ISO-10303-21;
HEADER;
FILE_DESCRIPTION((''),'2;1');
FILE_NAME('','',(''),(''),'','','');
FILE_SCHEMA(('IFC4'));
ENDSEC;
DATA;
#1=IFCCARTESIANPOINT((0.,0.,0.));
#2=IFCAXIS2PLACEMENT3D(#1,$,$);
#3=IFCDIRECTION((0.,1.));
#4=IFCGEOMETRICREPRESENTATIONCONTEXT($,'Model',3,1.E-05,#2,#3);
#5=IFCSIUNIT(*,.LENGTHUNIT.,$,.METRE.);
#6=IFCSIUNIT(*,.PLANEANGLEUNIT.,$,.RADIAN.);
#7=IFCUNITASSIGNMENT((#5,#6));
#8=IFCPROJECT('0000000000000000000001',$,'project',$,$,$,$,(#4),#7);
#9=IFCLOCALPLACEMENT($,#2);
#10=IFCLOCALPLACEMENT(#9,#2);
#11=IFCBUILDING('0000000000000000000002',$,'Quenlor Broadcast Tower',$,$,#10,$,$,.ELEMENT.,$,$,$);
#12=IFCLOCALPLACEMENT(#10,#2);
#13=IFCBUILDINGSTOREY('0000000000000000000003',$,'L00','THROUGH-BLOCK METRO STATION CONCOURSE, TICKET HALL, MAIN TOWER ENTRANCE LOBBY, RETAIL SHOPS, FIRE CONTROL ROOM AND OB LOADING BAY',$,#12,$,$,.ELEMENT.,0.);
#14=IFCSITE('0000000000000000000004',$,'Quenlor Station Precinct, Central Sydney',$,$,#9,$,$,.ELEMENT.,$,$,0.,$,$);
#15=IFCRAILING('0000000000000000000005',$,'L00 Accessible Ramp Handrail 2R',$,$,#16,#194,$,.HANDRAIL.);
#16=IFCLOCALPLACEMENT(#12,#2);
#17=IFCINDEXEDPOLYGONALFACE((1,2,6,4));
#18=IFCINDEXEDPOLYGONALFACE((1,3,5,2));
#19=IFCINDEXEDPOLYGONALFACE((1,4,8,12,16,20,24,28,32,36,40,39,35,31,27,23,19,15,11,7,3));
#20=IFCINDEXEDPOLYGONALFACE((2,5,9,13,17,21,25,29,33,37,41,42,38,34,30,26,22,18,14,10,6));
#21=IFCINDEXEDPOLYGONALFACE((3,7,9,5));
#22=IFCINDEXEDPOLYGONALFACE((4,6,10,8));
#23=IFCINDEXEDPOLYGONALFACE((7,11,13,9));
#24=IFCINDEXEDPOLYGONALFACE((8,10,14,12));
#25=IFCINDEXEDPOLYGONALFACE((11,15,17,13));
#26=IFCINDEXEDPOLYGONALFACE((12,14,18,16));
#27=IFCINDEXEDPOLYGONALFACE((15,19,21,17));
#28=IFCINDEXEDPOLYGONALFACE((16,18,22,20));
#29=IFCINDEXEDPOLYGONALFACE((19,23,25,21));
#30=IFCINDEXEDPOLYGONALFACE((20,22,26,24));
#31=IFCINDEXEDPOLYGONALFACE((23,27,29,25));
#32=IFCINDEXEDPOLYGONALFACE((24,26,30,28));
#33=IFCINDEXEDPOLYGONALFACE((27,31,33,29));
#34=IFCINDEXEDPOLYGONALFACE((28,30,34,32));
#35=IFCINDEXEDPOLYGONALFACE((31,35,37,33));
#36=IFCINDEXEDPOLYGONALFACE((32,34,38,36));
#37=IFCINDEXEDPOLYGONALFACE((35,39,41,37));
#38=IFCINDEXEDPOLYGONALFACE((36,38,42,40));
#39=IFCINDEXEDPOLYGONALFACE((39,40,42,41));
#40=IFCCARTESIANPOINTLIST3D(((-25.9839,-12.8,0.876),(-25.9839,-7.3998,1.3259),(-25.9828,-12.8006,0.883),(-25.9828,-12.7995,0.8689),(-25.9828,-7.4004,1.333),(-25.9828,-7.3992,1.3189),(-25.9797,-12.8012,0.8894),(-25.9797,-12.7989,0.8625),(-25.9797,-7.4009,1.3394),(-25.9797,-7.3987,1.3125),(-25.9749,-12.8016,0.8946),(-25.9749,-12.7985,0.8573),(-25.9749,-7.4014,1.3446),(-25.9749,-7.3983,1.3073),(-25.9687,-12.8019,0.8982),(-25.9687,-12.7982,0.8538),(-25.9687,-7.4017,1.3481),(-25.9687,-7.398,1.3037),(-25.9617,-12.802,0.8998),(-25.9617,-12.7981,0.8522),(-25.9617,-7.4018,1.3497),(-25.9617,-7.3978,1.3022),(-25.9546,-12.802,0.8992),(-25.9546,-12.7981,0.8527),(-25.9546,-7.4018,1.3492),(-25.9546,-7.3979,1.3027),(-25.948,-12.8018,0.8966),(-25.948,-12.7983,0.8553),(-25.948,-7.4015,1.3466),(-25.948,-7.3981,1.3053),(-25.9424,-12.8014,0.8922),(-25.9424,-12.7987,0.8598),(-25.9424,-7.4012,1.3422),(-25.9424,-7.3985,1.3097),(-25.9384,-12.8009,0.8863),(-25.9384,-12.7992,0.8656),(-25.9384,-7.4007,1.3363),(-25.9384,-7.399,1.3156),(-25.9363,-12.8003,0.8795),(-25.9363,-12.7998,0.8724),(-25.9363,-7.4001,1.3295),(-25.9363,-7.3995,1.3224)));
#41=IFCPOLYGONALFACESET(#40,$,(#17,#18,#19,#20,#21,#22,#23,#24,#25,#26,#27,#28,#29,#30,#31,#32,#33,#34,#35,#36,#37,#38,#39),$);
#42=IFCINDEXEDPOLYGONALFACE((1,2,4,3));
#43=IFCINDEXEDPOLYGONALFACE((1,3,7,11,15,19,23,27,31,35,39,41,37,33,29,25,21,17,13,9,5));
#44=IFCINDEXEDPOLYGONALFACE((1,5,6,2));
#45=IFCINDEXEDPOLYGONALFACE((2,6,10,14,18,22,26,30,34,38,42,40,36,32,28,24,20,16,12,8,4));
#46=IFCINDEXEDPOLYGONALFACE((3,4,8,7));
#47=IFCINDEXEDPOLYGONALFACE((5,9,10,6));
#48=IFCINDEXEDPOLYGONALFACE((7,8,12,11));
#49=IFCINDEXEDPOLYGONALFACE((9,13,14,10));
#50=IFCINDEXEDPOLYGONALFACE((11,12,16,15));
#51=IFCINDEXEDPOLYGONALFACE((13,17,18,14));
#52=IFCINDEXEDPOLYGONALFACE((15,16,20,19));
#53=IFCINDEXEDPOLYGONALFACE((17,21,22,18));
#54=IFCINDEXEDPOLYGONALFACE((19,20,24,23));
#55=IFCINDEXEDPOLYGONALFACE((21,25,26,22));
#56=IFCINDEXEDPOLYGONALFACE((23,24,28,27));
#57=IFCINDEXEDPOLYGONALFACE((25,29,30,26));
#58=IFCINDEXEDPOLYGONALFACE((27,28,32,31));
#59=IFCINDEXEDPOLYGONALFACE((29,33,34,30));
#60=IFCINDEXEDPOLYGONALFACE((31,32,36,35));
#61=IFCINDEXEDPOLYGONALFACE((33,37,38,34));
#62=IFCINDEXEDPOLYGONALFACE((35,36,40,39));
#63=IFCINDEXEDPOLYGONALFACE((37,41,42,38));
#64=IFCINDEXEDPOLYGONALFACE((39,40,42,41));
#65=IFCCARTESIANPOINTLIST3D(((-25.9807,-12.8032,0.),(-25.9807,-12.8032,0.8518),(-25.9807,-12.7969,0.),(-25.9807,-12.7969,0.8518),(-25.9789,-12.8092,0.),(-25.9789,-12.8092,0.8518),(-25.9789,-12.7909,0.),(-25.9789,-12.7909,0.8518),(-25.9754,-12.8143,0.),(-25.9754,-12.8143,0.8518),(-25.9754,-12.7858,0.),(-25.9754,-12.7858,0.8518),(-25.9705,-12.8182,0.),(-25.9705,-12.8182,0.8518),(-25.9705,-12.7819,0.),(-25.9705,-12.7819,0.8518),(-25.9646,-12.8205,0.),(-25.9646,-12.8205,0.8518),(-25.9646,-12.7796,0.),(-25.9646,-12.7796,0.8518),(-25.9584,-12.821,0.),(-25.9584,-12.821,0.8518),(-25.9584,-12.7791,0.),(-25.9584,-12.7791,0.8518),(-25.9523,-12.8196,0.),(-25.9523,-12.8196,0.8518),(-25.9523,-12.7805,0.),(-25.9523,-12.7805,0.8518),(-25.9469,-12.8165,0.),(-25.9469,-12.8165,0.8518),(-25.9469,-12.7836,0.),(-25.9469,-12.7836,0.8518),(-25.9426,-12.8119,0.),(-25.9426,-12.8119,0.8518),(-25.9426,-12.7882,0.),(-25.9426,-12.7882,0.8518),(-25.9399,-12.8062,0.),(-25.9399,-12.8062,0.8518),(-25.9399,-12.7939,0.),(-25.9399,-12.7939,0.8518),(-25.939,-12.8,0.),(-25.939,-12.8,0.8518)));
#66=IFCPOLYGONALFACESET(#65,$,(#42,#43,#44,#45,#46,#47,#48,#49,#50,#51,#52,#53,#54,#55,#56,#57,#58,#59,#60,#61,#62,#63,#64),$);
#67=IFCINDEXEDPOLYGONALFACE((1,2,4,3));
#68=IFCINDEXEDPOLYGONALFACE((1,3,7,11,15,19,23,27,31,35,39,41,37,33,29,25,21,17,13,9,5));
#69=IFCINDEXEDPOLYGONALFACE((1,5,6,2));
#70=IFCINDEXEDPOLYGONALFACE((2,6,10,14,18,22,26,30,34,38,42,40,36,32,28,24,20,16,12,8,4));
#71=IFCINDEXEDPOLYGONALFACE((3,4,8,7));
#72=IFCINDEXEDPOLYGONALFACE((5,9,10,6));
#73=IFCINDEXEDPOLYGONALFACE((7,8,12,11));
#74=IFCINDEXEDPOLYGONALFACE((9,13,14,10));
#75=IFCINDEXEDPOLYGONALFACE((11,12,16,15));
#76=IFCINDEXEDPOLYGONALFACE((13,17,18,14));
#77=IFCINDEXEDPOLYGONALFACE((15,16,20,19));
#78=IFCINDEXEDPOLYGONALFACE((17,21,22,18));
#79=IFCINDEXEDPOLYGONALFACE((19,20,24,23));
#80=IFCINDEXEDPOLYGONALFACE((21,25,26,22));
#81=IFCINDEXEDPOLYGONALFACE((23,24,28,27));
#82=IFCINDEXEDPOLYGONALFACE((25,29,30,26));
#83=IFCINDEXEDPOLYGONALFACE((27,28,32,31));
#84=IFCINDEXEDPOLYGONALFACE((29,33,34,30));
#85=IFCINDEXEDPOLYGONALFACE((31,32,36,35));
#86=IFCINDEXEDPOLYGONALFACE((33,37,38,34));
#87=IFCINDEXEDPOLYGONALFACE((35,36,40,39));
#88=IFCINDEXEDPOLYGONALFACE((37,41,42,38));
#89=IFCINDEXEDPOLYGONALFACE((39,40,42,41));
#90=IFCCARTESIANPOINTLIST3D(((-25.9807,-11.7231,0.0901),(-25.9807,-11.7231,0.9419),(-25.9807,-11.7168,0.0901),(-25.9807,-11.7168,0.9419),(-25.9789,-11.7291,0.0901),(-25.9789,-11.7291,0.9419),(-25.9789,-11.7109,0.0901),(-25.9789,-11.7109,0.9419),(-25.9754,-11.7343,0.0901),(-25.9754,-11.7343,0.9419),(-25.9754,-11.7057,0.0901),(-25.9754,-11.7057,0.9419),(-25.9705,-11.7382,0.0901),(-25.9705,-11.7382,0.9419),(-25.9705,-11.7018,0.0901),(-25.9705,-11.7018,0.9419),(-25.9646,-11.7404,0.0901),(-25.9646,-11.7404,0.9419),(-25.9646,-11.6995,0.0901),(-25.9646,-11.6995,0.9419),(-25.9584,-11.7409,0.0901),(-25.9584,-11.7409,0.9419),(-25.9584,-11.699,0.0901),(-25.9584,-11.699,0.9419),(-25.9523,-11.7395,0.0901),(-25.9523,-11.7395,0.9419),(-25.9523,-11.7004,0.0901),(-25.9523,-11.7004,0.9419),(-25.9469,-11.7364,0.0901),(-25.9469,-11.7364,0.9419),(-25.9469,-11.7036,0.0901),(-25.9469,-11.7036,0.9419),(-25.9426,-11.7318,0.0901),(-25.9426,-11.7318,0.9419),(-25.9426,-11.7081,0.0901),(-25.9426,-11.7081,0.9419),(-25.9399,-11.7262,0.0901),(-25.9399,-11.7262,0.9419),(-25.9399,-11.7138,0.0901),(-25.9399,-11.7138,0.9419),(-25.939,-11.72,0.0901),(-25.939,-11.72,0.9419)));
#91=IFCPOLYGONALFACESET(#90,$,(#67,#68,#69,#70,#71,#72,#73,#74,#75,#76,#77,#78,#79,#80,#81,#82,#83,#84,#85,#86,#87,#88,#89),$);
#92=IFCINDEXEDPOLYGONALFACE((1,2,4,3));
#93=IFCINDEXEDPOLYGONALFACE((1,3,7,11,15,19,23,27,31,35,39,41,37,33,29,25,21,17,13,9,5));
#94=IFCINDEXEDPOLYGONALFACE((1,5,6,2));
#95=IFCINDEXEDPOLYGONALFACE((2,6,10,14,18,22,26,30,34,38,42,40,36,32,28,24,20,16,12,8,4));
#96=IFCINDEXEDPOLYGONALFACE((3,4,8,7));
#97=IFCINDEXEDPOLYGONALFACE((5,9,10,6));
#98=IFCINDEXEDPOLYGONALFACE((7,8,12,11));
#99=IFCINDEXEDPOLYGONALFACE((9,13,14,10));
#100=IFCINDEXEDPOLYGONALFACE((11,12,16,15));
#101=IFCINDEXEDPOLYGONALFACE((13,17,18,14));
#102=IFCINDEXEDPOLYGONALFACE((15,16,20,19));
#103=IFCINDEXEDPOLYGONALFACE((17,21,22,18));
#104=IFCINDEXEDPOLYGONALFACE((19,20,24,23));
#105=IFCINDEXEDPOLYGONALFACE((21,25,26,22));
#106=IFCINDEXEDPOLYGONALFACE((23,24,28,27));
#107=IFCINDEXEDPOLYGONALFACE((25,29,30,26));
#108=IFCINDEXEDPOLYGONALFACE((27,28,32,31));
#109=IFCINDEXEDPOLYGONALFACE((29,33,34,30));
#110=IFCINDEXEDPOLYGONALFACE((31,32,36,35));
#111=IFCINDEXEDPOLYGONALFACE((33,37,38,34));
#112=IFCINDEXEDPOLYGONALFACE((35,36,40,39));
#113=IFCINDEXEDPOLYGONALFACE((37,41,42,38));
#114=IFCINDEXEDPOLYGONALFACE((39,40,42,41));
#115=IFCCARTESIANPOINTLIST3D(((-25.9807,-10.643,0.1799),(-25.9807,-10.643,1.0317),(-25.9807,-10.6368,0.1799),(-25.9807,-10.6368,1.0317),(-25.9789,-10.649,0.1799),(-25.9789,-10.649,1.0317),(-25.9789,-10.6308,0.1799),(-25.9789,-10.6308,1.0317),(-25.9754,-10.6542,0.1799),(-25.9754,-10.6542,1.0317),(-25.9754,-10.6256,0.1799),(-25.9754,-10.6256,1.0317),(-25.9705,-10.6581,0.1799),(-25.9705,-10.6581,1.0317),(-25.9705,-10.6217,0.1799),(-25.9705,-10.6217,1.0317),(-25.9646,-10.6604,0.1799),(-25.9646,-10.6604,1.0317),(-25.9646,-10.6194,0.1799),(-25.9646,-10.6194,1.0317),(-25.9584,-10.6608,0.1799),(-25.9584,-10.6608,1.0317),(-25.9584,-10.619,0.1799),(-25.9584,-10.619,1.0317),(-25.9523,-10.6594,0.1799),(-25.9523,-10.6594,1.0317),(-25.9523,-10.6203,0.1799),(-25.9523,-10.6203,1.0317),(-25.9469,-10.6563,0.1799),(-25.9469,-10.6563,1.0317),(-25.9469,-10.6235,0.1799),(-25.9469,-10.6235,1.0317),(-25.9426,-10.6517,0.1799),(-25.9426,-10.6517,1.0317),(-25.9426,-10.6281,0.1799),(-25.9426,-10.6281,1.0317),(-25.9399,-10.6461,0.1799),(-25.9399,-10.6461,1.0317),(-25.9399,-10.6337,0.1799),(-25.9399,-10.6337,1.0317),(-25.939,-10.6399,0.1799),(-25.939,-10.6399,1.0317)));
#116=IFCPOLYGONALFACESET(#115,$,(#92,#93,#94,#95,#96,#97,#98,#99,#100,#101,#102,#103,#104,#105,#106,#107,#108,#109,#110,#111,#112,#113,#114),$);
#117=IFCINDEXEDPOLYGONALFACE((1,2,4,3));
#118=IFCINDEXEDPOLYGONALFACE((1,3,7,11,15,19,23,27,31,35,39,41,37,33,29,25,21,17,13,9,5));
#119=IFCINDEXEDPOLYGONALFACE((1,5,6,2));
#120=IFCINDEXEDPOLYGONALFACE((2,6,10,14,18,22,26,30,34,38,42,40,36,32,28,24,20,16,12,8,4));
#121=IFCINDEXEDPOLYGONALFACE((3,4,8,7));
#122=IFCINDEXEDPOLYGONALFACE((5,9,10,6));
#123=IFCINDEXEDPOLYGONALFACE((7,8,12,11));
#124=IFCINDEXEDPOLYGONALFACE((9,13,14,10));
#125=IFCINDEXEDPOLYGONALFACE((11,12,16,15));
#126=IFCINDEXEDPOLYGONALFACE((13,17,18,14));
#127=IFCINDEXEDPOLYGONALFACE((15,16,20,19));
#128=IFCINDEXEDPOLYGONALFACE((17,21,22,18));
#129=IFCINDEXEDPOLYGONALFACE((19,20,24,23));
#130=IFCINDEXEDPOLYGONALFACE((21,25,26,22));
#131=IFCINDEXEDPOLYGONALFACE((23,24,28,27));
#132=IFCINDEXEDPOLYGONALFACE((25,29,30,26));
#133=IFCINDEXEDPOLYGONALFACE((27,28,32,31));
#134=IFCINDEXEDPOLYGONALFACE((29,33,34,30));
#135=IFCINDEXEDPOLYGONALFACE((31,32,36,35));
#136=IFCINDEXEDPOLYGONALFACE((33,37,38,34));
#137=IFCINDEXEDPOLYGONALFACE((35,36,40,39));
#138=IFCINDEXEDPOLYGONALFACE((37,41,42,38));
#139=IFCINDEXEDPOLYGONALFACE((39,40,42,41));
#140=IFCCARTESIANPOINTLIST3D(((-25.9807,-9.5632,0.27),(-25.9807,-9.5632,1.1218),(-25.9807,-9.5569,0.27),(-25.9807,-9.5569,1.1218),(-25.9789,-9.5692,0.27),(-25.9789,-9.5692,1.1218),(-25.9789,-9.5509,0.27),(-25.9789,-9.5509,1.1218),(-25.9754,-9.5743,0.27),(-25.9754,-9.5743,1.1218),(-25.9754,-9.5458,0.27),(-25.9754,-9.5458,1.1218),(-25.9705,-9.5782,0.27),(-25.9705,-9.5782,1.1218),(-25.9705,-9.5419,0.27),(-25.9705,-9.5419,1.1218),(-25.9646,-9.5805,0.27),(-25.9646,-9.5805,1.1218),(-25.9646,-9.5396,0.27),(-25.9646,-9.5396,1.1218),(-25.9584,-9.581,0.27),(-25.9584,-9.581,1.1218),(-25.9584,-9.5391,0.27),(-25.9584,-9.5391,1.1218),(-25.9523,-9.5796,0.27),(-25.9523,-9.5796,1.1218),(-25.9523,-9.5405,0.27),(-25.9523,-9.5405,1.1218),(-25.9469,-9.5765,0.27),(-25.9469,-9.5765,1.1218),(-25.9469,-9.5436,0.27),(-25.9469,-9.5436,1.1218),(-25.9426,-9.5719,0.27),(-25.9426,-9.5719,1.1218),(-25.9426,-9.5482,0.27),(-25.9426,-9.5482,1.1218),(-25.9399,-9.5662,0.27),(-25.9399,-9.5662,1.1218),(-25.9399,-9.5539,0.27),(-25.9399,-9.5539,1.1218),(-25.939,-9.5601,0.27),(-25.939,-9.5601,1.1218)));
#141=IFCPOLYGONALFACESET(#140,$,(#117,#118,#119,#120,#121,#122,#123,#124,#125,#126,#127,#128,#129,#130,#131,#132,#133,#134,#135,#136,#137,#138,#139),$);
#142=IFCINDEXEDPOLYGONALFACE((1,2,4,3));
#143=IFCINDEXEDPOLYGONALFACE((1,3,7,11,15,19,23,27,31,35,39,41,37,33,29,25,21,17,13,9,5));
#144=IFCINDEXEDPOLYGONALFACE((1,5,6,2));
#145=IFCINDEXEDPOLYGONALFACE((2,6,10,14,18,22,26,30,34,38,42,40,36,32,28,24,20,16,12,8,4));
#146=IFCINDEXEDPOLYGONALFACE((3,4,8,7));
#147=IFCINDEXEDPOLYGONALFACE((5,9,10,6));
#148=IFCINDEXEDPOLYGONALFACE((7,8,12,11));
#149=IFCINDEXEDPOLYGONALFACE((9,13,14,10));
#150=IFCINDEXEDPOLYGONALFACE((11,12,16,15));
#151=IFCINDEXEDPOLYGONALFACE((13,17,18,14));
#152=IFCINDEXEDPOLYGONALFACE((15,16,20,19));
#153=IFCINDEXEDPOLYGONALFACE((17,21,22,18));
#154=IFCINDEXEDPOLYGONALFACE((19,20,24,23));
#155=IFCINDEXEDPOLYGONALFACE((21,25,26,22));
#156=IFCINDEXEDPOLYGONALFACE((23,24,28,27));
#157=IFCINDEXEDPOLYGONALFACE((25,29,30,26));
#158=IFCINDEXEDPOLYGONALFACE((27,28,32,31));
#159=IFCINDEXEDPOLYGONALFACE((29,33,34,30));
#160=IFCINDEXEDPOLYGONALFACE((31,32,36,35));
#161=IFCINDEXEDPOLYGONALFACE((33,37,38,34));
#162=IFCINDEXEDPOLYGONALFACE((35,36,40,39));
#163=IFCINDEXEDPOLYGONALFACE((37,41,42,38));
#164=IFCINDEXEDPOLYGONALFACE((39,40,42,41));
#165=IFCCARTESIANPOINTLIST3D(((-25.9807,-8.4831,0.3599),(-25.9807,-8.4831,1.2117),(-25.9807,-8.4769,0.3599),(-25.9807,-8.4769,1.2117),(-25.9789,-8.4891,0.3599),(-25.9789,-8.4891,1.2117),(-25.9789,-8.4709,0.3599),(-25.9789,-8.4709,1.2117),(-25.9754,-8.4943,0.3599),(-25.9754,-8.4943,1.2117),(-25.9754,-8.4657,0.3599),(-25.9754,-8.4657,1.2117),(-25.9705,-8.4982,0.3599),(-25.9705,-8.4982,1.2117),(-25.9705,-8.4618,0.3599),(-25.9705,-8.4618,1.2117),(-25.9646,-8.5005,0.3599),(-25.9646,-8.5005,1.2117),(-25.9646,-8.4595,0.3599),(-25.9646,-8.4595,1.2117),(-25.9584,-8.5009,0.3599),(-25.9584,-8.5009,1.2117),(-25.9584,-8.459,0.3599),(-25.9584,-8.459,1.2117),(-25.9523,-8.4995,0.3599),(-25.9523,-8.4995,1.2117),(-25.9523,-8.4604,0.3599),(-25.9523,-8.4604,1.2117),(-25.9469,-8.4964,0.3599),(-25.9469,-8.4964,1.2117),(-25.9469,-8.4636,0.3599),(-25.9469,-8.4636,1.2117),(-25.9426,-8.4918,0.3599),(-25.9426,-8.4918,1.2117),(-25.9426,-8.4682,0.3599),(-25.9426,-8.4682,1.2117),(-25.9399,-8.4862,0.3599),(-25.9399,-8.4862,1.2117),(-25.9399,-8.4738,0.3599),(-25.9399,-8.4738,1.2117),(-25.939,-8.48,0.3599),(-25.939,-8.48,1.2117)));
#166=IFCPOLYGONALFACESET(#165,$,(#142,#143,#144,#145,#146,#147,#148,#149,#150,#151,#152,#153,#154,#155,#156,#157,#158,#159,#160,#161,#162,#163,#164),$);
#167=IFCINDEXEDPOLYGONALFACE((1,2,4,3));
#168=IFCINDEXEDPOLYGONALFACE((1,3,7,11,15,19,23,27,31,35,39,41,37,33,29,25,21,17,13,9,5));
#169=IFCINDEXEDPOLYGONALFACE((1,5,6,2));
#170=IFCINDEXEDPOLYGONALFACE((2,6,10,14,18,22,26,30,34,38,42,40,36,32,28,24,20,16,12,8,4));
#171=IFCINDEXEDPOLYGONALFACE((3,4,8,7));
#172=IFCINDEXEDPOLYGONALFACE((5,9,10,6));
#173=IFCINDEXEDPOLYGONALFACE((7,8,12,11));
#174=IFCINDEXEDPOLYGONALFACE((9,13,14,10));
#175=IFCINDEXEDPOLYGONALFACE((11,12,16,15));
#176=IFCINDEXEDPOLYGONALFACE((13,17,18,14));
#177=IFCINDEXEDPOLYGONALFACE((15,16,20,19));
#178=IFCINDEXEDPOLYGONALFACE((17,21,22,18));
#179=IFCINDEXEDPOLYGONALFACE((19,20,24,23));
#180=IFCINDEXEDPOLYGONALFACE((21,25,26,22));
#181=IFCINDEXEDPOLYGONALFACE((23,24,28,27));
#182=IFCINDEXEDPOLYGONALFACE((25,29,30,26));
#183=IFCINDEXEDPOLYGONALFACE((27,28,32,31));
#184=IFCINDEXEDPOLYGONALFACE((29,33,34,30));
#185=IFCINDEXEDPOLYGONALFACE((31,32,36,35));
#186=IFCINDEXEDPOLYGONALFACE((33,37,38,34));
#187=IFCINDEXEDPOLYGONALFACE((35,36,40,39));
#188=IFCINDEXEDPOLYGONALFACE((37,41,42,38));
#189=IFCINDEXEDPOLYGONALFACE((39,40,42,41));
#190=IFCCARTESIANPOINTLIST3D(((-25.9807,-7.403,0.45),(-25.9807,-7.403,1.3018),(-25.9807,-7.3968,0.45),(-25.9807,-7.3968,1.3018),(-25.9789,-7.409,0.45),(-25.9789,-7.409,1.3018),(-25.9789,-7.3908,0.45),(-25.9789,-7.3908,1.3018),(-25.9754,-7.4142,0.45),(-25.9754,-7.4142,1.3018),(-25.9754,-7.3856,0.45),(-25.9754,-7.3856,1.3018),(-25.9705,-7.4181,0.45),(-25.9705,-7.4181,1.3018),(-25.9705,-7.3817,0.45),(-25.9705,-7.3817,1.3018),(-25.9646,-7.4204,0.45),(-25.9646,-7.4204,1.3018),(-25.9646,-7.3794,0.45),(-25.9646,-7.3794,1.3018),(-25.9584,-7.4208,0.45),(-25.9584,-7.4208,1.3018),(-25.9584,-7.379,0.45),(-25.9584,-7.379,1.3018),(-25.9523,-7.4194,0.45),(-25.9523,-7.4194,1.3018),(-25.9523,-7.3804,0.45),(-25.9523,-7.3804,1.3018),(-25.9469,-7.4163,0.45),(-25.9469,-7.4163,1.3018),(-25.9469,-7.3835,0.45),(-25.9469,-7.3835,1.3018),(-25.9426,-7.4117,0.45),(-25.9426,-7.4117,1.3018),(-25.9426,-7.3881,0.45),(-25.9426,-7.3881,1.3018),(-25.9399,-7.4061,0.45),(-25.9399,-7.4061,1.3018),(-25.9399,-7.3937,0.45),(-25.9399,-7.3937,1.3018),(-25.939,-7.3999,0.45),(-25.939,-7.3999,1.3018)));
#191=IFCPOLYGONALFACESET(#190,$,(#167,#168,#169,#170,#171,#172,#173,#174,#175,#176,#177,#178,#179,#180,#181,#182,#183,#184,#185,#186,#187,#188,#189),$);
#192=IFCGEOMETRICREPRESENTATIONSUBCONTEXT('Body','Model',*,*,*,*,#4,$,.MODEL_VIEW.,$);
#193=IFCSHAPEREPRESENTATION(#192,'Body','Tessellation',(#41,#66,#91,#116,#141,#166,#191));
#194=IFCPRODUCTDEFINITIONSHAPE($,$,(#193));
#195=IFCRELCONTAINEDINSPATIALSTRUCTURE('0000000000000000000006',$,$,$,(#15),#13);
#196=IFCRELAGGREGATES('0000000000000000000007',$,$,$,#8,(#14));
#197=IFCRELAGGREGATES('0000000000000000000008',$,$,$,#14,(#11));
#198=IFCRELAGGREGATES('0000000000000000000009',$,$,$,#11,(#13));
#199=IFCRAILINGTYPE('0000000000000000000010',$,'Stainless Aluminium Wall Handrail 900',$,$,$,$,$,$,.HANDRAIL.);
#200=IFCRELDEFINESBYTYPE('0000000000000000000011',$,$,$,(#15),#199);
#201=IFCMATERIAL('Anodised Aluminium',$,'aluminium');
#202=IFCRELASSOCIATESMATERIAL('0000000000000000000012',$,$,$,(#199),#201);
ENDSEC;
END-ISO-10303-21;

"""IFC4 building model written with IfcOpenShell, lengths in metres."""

from ifc_helpers import new_model, si_unit, direction, frame, origin, origin_2d, place, context, subcontext, project, spatial, circle, extrude, material, type_object, element, save


model = new_model("IFC4")

# Units and contexts
model_context = context("Model", 3, precision=1e-05, world=origin(), true_north=direction((0.0, 1.0)))
body_context = subcontext(model_context, "Body", "Model", "MODEL_VIEW")
ifc_project = project(units=[si_unit("LENGTHUNIT", "METRE"), si_unit("PLANEANGLEUNIT", "RADIAN")], contexts=[model_context])

# Site, building, storey
site_placement = place(None, origin())
site = spatial("IfcSite", under=ifc_project, at=site_placement, Name="Quenlor Station Precinct, Central Sydney", CompositionType="ELEMENT", RefElevation=0.0)
building_placement = place(site_placement, origin())
building = spatial("IfcBuilding", under=site, at=building_placement, Name="Quenlor Broadcast Tower", CompositionType="ELEMENT")
storey_placement = place(building_placement, origin())
storey = spatial("IfcBuildingStorey", under=building, at=storey_placement, Name="L00", Description="THROUGH-BLOCK METRO STATION CONCOURSE, TICKET HALL, MAIN TOWER ENTRANCE LOBBY, RETAIL SHOPS, FIRE CONTROL ROOM AND OB LOADING BAY", CompositionType="ELEMENT", Elevation=0.0)

# Railing
ifc_material_1 = material(Name="Anodised Aluminium", Category="aluminium")
railing_type = type_object("IfcRailingType", Name="Stainless Aluminium Wall Handrail 900", PredefinedType="HANDRAIL", material=ifc_material_1)
for number, where, name in (
    (1, (-25.96, -12.8, 0.0), "L00 Accessible Ramp Handrail 2R"),
):
    element("IfcRailing", number, at=place(storey_placement, frame(where)), inside=storey, type_object=railing_type, Name=name, PredefinedType="HANDRAIL", context=body_context, shape_type="SweptSolid", body=[
        extrude(circle(Radius=0.0239, at=origin_2d()), frame((0.0, 0.0, 0.876), z_axis=(0.0, 0.996547, 0.083034), x_axis=(-1.0, 0.0, 0.0)), (0.0, 0.0, 1.0), 5.4189),
        extrude(circle(Radius=0.021, at=origin_2d()), origin(), (0.0, 0.0, 1.0), 0.8518),
        extrude(circle(Radius=0.021, at=origin_2d()), frame((0.0, 1.0801, 0.0901)), (0.0, 0.0, 1.0), 0.8518),
        extrude(circle(Radius=0.021, at=origin_2d()), frame((0.0, 2.1602, 0.1799)), (0.0, 0.0, 1.0), 0.8518),
        extrude(circle(Radius=0.021, at=origin_2d()), frame((0.0, 3.24, 0.27)), (0.0, 0.0, 1.0), 0.8518),
        extrude(circle(Radius=0.021, at=origin_2d()), frame((0.0, 4.3201, 0.3599)), (0.0, 0.0, 1.0), 0.8518),
        extrude(circle(Radius=0.021, at=origin_2d()), frame((0.0, 5.4001, 0.45)), (0.0, 0.0, 1.0), 0.8518),
    ])

save(model, "model.ifc")
